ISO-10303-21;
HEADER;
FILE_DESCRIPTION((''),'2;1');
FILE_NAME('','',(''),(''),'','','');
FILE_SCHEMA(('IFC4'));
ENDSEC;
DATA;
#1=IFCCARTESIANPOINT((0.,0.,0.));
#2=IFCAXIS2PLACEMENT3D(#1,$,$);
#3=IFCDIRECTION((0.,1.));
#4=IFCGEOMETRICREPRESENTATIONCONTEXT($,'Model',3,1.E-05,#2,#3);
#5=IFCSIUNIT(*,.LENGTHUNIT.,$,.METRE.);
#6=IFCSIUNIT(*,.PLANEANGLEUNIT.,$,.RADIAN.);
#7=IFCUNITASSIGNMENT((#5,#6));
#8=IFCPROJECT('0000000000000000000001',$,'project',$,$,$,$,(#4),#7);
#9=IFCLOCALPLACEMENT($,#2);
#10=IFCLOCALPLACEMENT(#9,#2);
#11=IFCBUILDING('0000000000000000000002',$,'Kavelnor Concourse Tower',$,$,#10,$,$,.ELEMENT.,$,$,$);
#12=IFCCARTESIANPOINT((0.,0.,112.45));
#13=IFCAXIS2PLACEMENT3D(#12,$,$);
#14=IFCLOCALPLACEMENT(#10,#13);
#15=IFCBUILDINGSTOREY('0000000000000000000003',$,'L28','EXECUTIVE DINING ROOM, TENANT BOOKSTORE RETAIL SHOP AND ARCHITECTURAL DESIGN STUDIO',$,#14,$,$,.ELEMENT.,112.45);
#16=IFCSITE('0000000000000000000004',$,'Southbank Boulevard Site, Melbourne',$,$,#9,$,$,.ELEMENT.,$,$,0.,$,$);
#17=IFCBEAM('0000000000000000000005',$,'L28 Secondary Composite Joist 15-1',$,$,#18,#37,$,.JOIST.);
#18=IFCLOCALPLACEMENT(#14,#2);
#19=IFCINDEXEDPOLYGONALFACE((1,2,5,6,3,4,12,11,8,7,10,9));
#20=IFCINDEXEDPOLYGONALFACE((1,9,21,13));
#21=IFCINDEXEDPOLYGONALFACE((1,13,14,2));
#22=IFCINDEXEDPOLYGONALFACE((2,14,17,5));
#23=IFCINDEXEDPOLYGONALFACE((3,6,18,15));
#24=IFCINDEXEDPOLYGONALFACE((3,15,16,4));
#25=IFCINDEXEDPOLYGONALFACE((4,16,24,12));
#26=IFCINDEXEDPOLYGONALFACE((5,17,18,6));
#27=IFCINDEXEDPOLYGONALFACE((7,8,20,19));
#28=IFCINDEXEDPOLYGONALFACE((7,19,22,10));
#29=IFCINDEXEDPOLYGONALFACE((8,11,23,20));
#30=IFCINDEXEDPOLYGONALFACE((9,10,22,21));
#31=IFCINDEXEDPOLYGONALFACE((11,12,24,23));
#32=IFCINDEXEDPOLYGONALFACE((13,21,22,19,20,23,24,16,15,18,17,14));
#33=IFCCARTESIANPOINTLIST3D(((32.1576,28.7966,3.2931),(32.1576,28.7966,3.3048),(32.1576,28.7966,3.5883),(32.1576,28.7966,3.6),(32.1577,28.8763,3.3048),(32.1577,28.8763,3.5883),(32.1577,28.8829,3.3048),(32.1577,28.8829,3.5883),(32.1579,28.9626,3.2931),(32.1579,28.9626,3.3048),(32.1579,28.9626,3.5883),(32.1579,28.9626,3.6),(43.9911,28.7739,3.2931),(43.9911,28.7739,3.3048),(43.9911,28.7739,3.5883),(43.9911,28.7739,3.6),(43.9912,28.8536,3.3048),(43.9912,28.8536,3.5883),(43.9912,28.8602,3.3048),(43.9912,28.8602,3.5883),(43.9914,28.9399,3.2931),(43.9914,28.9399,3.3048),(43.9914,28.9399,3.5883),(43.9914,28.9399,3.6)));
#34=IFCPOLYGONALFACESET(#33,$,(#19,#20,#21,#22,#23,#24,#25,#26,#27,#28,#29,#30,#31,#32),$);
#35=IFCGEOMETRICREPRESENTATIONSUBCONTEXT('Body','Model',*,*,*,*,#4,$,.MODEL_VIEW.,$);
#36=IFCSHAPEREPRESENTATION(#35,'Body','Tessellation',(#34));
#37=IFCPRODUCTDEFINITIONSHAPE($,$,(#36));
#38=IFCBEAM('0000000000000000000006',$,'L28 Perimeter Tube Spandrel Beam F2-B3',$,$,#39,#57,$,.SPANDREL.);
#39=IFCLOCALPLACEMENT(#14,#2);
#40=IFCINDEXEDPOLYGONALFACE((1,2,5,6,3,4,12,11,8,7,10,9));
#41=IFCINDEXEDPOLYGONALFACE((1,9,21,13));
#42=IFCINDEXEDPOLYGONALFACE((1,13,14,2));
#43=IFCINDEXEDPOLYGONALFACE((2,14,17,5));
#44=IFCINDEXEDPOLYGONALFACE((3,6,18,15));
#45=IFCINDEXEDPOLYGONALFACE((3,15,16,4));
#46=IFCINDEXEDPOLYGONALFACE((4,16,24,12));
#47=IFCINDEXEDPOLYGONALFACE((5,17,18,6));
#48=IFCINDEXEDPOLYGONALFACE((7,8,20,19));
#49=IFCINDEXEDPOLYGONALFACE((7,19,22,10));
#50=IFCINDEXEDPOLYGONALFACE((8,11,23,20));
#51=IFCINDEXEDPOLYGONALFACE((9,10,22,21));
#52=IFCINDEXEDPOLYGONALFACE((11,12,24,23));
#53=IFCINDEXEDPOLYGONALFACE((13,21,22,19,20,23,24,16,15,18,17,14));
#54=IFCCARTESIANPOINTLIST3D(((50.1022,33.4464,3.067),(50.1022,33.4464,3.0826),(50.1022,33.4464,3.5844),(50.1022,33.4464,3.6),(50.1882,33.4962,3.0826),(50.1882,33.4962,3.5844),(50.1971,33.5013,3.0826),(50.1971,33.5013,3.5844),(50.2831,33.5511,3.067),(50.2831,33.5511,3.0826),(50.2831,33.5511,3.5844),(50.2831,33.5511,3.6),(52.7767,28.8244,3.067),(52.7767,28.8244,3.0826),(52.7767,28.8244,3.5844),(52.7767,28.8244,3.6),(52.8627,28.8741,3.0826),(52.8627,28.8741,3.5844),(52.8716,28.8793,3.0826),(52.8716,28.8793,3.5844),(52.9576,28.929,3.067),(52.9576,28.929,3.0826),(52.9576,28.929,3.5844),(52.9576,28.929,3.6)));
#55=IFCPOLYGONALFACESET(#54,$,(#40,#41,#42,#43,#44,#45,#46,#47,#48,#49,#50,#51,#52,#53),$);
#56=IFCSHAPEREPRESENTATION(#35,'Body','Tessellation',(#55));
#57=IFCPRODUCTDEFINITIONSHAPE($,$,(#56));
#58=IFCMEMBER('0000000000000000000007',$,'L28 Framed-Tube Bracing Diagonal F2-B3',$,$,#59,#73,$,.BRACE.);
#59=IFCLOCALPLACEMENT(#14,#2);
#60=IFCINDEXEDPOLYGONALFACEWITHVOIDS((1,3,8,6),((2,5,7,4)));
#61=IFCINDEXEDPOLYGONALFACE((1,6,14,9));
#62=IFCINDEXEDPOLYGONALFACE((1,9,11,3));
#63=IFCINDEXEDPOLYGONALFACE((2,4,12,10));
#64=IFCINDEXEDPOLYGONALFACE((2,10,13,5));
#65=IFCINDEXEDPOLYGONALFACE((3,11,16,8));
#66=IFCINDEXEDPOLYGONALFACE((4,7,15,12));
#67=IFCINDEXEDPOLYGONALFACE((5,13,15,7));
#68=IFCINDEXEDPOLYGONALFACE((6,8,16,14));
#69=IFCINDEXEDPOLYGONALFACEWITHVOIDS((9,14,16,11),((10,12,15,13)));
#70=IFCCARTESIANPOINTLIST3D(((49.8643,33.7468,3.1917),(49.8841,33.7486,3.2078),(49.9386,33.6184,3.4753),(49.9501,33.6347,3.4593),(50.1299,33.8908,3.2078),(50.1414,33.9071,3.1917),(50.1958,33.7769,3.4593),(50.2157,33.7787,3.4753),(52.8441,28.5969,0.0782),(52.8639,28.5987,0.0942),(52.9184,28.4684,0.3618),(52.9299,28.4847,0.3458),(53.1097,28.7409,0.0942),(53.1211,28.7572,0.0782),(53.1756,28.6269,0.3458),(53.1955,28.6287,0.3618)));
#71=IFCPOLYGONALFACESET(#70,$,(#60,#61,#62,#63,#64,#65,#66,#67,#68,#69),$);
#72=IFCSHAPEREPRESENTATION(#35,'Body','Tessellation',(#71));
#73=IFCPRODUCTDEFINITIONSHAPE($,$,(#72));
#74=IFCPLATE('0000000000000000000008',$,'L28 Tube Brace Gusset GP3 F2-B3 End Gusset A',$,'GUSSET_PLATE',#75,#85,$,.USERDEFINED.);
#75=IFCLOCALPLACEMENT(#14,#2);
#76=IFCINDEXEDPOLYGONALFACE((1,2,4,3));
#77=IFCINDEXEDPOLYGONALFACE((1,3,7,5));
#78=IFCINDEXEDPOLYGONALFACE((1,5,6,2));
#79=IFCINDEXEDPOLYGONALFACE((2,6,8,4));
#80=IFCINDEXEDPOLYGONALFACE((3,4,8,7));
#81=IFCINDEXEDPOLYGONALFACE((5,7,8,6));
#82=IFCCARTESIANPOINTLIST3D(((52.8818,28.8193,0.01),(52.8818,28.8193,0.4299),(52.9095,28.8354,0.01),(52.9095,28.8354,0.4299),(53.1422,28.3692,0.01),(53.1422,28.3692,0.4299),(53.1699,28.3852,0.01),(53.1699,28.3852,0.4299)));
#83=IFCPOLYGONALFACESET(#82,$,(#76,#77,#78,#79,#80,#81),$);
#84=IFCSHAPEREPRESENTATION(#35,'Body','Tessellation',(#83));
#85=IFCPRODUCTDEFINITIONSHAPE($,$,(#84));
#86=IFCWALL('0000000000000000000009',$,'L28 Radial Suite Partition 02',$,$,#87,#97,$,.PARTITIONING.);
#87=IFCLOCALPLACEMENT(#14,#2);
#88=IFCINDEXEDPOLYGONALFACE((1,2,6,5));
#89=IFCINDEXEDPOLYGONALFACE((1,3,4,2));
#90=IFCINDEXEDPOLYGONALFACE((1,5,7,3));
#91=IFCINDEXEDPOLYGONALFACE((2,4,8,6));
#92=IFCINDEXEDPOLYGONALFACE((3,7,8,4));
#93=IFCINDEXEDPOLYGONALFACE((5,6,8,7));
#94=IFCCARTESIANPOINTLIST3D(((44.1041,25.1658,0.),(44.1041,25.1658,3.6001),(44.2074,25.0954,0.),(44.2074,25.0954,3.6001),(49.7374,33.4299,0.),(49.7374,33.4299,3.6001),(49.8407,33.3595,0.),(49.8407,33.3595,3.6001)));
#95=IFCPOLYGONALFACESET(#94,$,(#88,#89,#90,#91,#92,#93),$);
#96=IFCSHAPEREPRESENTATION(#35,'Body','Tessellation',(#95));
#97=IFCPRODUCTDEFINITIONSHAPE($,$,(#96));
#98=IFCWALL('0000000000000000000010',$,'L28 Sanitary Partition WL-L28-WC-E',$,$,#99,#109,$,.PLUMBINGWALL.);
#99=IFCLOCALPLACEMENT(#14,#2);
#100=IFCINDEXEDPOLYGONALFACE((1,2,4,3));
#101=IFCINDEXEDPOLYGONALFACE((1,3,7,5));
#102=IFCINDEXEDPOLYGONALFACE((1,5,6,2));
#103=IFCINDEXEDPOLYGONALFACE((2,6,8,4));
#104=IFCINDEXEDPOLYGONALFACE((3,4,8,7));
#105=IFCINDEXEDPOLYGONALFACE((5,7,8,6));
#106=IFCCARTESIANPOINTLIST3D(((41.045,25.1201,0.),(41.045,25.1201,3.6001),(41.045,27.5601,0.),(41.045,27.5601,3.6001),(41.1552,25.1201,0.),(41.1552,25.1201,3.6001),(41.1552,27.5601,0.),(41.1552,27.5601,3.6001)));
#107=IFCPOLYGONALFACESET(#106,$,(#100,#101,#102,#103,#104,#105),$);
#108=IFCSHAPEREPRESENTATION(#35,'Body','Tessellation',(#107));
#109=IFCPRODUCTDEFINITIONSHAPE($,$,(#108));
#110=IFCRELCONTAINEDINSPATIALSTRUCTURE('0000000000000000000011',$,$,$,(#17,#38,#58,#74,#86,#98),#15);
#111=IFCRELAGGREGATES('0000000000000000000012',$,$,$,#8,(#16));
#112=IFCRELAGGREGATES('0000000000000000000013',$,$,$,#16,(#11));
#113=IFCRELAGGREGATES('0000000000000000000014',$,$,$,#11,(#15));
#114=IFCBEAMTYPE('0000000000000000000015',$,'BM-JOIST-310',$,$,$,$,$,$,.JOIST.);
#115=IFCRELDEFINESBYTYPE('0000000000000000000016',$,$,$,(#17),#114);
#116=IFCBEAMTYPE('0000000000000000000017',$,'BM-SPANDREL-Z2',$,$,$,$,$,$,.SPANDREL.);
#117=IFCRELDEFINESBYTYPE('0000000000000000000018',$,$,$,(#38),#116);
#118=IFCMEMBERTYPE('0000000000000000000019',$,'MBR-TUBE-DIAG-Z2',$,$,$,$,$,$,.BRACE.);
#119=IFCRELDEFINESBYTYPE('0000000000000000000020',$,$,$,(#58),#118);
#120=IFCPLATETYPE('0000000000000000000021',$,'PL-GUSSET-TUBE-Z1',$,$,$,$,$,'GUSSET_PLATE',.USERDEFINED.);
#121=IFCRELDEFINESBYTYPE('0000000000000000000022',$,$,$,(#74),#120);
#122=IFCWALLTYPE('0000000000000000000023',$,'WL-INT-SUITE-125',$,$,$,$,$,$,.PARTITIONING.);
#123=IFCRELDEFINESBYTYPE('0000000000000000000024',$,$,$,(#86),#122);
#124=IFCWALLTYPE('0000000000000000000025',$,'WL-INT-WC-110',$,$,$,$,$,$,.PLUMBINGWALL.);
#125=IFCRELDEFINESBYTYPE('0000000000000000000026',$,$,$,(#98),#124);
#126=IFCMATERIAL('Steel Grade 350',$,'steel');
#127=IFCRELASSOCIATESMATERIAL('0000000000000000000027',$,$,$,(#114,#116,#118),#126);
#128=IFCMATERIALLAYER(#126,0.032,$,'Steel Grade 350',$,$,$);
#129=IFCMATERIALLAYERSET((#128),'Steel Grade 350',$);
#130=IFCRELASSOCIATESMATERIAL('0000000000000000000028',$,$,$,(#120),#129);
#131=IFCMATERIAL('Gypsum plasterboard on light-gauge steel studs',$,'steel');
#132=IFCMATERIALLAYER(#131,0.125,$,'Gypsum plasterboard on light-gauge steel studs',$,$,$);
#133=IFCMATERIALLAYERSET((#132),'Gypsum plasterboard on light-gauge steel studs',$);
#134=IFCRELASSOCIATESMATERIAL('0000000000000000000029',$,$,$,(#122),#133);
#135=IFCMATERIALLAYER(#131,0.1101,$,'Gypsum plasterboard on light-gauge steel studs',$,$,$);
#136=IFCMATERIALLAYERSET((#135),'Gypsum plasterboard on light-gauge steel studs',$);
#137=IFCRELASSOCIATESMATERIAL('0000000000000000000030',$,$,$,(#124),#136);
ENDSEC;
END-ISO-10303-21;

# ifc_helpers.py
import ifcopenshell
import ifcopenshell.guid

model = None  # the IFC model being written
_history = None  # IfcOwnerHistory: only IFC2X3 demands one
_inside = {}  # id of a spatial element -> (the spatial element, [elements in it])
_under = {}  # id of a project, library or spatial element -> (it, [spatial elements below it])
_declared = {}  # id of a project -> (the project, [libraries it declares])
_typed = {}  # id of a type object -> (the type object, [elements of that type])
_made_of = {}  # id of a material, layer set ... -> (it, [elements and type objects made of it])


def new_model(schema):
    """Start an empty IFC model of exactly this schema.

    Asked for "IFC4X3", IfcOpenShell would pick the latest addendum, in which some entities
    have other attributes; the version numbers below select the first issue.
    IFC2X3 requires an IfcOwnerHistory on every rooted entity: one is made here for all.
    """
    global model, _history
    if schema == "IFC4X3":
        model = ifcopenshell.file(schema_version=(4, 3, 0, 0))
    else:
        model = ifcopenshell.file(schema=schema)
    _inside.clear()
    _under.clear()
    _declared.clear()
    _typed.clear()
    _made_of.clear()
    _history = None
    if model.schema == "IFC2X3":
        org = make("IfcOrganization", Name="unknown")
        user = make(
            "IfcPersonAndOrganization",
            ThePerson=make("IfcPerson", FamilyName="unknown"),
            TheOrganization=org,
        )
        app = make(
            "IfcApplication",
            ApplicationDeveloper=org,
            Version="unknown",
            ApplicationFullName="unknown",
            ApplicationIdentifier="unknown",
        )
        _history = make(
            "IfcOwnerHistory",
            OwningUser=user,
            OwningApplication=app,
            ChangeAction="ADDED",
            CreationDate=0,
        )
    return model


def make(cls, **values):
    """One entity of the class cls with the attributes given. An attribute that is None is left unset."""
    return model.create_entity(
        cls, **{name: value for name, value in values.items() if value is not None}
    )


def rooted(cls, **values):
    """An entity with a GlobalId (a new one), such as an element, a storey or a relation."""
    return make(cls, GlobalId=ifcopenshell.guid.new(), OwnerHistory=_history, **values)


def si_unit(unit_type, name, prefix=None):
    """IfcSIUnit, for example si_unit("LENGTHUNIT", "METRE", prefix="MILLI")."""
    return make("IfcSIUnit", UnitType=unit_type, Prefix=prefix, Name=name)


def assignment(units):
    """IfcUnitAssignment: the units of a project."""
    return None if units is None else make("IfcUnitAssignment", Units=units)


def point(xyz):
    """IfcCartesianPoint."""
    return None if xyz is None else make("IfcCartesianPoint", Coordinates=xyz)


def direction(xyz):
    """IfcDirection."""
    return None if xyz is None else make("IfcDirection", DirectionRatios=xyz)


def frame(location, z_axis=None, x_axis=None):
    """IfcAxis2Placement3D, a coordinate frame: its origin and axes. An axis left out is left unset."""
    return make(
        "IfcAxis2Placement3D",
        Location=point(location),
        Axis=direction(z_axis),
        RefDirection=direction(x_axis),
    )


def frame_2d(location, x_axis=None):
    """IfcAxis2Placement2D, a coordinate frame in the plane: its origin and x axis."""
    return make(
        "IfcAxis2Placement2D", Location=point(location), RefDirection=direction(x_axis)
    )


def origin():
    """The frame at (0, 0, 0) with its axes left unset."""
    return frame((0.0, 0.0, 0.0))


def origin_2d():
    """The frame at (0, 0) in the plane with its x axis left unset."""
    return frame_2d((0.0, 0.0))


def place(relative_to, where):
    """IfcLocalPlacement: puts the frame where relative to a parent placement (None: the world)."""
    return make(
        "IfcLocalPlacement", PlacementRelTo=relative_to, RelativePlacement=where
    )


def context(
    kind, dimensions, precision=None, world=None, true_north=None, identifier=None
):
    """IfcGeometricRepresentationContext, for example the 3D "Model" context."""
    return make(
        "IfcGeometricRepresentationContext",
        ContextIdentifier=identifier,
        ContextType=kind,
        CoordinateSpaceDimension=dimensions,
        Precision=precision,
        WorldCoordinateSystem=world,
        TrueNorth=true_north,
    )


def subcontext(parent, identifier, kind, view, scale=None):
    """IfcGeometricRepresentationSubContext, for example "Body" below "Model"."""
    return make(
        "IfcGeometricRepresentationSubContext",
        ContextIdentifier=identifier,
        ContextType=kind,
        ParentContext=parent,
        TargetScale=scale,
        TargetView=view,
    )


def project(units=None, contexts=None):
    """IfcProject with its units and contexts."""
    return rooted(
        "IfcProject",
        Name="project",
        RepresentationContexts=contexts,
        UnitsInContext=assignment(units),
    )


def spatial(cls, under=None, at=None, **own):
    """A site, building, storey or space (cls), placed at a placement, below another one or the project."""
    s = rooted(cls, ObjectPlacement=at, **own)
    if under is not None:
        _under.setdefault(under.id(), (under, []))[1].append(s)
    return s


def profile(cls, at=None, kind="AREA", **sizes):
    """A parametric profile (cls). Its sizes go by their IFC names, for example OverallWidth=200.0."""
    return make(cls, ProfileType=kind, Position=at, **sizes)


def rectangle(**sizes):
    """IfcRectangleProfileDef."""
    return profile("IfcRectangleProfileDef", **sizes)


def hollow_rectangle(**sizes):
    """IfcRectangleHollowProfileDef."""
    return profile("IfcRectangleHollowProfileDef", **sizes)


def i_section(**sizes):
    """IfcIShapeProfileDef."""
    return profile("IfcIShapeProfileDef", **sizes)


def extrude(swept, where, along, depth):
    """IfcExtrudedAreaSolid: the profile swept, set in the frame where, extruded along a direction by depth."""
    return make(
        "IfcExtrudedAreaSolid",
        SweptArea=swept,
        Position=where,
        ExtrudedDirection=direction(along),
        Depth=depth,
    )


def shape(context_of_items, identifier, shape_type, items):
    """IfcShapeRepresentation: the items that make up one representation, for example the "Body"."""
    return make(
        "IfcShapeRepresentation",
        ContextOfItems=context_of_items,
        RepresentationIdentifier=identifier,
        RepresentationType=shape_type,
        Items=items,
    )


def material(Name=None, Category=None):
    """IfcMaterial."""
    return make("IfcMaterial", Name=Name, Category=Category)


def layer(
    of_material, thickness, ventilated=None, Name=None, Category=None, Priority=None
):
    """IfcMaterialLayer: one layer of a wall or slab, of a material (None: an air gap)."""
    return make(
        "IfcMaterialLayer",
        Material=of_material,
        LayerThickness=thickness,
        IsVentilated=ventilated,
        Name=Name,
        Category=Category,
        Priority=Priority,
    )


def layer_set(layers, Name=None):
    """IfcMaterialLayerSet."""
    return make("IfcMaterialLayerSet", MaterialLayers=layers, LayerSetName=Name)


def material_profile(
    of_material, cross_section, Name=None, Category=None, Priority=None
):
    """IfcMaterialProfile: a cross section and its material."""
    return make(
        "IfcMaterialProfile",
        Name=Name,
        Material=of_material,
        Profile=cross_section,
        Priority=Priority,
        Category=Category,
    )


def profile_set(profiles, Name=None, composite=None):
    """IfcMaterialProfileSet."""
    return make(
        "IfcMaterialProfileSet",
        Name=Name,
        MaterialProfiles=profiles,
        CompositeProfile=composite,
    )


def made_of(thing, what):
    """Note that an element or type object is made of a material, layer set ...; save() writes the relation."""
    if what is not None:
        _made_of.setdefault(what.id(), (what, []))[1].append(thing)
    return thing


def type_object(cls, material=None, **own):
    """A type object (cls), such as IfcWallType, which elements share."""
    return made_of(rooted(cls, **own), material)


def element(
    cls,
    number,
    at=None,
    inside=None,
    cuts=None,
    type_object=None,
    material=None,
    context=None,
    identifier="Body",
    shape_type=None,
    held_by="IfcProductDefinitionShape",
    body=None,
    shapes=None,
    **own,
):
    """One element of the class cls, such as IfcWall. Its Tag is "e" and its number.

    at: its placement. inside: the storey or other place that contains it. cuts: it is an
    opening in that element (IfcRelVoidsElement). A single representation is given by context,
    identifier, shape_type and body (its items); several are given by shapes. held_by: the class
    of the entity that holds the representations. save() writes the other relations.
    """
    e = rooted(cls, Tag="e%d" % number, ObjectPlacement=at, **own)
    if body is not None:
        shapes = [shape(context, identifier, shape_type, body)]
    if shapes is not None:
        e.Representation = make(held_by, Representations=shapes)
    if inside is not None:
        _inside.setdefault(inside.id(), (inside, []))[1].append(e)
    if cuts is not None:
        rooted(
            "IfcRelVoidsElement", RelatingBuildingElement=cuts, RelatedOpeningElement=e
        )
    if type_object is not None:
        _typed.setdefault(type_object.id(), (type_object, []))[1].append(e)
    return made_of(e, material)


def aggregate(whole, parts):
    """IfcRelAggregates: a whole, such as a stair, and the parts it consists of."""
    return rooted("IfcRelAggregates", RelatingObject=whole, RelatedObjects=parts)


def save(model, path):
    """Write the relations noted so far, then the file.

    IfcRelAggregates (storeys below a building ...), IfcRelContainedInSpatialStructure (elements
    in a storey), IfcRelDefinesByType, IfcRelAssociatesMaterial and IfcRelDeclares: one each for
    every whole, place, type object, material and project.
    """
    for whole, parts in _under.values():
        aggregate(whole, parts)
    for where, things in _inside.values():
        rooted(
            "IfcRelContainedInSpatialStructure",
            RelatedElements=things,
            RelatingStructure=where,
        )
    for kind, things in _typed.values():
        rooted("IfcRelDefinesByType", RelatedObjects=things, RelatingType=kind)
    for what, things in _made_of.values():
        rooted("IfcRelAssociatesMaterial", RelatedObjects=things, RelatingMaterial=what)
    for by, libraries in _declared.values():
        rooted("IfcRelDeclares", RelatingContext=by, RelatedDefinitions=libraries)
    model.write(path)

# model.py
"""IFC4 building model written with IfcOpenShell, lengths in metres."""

from ifc_helpers import new_model, si_unit, direction, frame, frame_2d, origin, origin_2d, place, context, subcontext, project, spatial, rectangle, hollow_rectangle, i_section, extrude, material, layer, layer_set, material_profile, profile_set, type_object, element, save


model = new_model("IFC4")

# Units and contexts
model_context = context("Model", 3, precision=1e-05, world=origin(), true_north=direction((0.0, 1.0)))
body_context = subcontext(model_context, "Body", "Model", "MODEL_VIEW")
ifc_project = project(units=[si_unit("LENGTHUNIT", "METRE"), si_unit("PLANEANGLEUNIT", "RADIAN")], contexts=[model_context])

# Site, building, storey
site_placement = place(None, origin())
site = spatial("IfcSite", under=ifc_project, at=site_placement, Name="Southbank Boulevard Site, Melbourne", CompositionType="ELEMENT", RefElevation=0.0)
building_placement = place(site_placement, origin())
building = spatial("IfcBuilding", under=site, at=building_placement, Name="Kavelnor Concourse Tower", CompositionType="ELEMENT")
storey_placement = place(building_placement, frame((0.0, 0.0, 112.45)))
storey = spatial("IfcBuildingStorey", under=building, at=storey_placement, Name="L28", Description="EXECUTIVE DINING ROOM, TENANT BOOKSTORE RETAIL SHOP AND ARCHITECTURAL DESIGN STUDIO", CompositionType="ELEMENT", Elevation=112.45)

# Shared definitions
ifc_material_1 = material(Name="Steel Grade 350", Category="steel")

# Beams
ifc_material_profile_1 = material_profile(ifc_material_1, i_section(OverallWidth=0.166, OverallDepth=0.3069, WebThickness=0.0066, FlangeThickness=0.0117, at=origin_2d()), Name="310UB46")
ifc_profile_set_1 = profile_set([ifc_material_profile_1], Name="Steel Grade 350")
beam_type_1 = type_object("IfcBeamType", Name="BM-JOIST-310", PredefinedType="JOIST", material=ifc_profile_set_1)
beam_1_placement = place(storey_placement, frame((43.9912, 28.8569, 3.4465), z_axis=(-0.999998, 0.001919, 0.0), x_axis=(-0.001919, -0.999998, 0.0)))
element("IfcBeam", 1, at=beam_1_placement, inside=storey, type_object=beam_type_1, Name="L28 Secondary Composite Joist 15-1", PredefinedType="JOIST", context=body_context, shape_type="SweptSolid", body=[
    extrude(i_section(OverallWidth=0.166, OverallDepth=0.3069, WebThickness=0.0066, FlangeThickness=0.0117, at=origin_2d()), origin(), (0.0, 0.0, 1.0), 11.8335),
])
ifc_material_profile_2 = material_profile(ifc_material_1, i_section(OverallWidth=0.209, OverallDepth=0.533, WebThickness=0.0103, FlangeThickness=0.0156, at=origin_2d()), Name="530UB92")
ifc_profile_set_2 = profile_set([ifc_material_profile_2], Name="Steel Grade 350")
beam_type_2 = type_object("IfcBeamType", Name="BM-SPANDREL-Z2", PredefinedType="SPANDREL", material=ifc_profile_set_2)
beam_2_placement = place(storey_placement, frame((52.8672, 28.8767, 3.3335), z_axis=(-0.500843, 0.865538, 0.0), x_axis=(-0.865538, -0.500843, 0.0)))
element("IfcBeam", 2, at=beam_2_placement, inside=storey, type_object=beam_type_2, Name="L28 Perimeter Tube Spandrel Beam F2-B3", PredefinedType="SPANDREL", context=body_context, shape_type="SweptSolid", body=[
    extrude(i_section(OverallWidth=0.209, OverallDepth=0.533, WebThickness=0.0103, FlangeThickness=0.0156, at=origin_2d()), origin(), (0.0, 0.0, 1.0), 5.3401),
])

# Member
ifc_material_profile_3 = material_profile(ifc_material_1, hollow_rectangle(XDim=0.3201, YDim=0.3201, WallThickness=0.0181, at=origin_2d()), Name="SHS 320x320x18")
ifc_profile_set_3 = profile_set([ifc_material_profile_3], Name="Steel Grade 350")
member_type = type_object("IfcMemberType", Name="MBR-TUBE-DIAG-Z2", PredefinedType="BRACE", material=ifc_profile_set_3)
member_placement = place(storey_placement, frame((53.0198, 28.6128, 0.22), z_axis=(-0.443728, 0.766898, 0.463651), x_axis=(-0.865556, -0.500811, 0.0)))
element("IfcMember", 3, at=member_placement, inside=storey, type_object=member_type, Name="L28 Framed-Tube Bracing Diagonal F2-B3", PredefinedType="BRACE", context=body_context, shape_type="SweptSolid", body=[
    extrude(hollow_rectangle(XDim=0.3201, YDim=0.3201, WallThickness=0.0181, at=origin_2d()), origin(), (0.0, 0.0, 1.0), 6.7153),
])

# Plate
ifc_layer_1 = layer(ifc_material_1, 0.032, Name="Steel Grade 350")
ifc_layer_set_1 = layer_set([ifc_layer_1], Name="Steel Grade 350")
plate_type = type_object("IfcPlateType", Name="PL-GUSSET-TUBE-Z1", ElementType="GUSSET_PLATE", PredefinedType="USERDEFINED", material=ifc_layer_set_1)
plate_placement = place(storey_placement, frame((53.0259, 28.6023, 0.01), z_axis=(0.0, 0.0, 1.0), x_axis=(-0.500756, 0.865589, 0.0)))
element("IfcPlate", 4, at=plate_placement, inside=storey, type_object=plate_type, Name="L28 Tube Brace Gusset GP3 F2-B3 End Gusset A", ObjectType="GUSSET_PLATE", PredefinedType="USERDEFINED", context=body_context, shape_type="SweptSolid", body=[
    extrude(rectangle(XDim=0.52, YDim=0.032, at=origin_2d()), origin(), (0.0, 0.0, 1.0), 0.4199),
])

# Walls
ifc_material_2 = material(Name="Gypsum plasterboard on light-gauge steel studs", Category="steel")
ifc_layer_2 = layer(ifc_material_2, 0.125, Name="Gypsum plasterboard on light-gauge steel studs")
ifc_layer_set_2 = layer_set([ifc_layer_2], Name="Gypsum plasterboard on light-gauge steel studs")
wall_type_1 = type_object("IfcWallType", Name="WL-INT-SUITE-125", PredefinedType="PARTITIONING", material=ifc_layer_set_2)
wall_1_placement = place(storey_placement, frame((44.1558, 25.1306, 0.0), z_axis=(0.0, 0.0, 1.0), x_axis=(0.563244, 0.82629, 0.0)))
element("IfcWall", 5, at=wall_1_placement, inside=storey, type_object=wall_type_1, Name="L28 Radial Suite Partition 02", PredefinedType="PARTITIONING", context=body_context, shape_type="SweptSolid", body=[
    extrude(rectangle(XDim=10.0015, YDim=0.125, at=frame_2d((5.0007, 0.0))), origin(), (0.0, 0.0, 1.0), 3.6001),
])
ifc_layer_3 = layer(ifc_material_2, 0.1101, Name="Gypsum plasterboard on light-gauge steel studs")
ifc_layer_set_3 = layer_set([ifc_layer_3], Name="Gypsum plasterboard on light-gauge steel studs")
wall_type_2 = type_object("IfcWallType", Name="WL-INT-WC-110", PredefinedType="PLUMBINGWALL", material=ifc_layer_set_3)
wall_2_placement = place(storey_placement, frame((41.1001, 25.1201, 0.0), z_axis=(0.0, 0.0, 1.0), x_axis=(0.0, 1.0, 0.0)))
element("IfcWall", 6, at=wall_2_placement, inside=storey, type_object=wall_type_2, Name="L28 Sanitary Partition WL-L28-WC-E", PredefinedType="PLUMBINGWALL", context=body_context, shape_type="SweptSolid", body=[
    extrude(rectangle(XDim=2.4399, YDim=0.1101, at=frame_2d((1.22, 0.0))), origin(), (0.0, 0.0, 1.0), 3.6001),
])

save(model, "model.ifc")
